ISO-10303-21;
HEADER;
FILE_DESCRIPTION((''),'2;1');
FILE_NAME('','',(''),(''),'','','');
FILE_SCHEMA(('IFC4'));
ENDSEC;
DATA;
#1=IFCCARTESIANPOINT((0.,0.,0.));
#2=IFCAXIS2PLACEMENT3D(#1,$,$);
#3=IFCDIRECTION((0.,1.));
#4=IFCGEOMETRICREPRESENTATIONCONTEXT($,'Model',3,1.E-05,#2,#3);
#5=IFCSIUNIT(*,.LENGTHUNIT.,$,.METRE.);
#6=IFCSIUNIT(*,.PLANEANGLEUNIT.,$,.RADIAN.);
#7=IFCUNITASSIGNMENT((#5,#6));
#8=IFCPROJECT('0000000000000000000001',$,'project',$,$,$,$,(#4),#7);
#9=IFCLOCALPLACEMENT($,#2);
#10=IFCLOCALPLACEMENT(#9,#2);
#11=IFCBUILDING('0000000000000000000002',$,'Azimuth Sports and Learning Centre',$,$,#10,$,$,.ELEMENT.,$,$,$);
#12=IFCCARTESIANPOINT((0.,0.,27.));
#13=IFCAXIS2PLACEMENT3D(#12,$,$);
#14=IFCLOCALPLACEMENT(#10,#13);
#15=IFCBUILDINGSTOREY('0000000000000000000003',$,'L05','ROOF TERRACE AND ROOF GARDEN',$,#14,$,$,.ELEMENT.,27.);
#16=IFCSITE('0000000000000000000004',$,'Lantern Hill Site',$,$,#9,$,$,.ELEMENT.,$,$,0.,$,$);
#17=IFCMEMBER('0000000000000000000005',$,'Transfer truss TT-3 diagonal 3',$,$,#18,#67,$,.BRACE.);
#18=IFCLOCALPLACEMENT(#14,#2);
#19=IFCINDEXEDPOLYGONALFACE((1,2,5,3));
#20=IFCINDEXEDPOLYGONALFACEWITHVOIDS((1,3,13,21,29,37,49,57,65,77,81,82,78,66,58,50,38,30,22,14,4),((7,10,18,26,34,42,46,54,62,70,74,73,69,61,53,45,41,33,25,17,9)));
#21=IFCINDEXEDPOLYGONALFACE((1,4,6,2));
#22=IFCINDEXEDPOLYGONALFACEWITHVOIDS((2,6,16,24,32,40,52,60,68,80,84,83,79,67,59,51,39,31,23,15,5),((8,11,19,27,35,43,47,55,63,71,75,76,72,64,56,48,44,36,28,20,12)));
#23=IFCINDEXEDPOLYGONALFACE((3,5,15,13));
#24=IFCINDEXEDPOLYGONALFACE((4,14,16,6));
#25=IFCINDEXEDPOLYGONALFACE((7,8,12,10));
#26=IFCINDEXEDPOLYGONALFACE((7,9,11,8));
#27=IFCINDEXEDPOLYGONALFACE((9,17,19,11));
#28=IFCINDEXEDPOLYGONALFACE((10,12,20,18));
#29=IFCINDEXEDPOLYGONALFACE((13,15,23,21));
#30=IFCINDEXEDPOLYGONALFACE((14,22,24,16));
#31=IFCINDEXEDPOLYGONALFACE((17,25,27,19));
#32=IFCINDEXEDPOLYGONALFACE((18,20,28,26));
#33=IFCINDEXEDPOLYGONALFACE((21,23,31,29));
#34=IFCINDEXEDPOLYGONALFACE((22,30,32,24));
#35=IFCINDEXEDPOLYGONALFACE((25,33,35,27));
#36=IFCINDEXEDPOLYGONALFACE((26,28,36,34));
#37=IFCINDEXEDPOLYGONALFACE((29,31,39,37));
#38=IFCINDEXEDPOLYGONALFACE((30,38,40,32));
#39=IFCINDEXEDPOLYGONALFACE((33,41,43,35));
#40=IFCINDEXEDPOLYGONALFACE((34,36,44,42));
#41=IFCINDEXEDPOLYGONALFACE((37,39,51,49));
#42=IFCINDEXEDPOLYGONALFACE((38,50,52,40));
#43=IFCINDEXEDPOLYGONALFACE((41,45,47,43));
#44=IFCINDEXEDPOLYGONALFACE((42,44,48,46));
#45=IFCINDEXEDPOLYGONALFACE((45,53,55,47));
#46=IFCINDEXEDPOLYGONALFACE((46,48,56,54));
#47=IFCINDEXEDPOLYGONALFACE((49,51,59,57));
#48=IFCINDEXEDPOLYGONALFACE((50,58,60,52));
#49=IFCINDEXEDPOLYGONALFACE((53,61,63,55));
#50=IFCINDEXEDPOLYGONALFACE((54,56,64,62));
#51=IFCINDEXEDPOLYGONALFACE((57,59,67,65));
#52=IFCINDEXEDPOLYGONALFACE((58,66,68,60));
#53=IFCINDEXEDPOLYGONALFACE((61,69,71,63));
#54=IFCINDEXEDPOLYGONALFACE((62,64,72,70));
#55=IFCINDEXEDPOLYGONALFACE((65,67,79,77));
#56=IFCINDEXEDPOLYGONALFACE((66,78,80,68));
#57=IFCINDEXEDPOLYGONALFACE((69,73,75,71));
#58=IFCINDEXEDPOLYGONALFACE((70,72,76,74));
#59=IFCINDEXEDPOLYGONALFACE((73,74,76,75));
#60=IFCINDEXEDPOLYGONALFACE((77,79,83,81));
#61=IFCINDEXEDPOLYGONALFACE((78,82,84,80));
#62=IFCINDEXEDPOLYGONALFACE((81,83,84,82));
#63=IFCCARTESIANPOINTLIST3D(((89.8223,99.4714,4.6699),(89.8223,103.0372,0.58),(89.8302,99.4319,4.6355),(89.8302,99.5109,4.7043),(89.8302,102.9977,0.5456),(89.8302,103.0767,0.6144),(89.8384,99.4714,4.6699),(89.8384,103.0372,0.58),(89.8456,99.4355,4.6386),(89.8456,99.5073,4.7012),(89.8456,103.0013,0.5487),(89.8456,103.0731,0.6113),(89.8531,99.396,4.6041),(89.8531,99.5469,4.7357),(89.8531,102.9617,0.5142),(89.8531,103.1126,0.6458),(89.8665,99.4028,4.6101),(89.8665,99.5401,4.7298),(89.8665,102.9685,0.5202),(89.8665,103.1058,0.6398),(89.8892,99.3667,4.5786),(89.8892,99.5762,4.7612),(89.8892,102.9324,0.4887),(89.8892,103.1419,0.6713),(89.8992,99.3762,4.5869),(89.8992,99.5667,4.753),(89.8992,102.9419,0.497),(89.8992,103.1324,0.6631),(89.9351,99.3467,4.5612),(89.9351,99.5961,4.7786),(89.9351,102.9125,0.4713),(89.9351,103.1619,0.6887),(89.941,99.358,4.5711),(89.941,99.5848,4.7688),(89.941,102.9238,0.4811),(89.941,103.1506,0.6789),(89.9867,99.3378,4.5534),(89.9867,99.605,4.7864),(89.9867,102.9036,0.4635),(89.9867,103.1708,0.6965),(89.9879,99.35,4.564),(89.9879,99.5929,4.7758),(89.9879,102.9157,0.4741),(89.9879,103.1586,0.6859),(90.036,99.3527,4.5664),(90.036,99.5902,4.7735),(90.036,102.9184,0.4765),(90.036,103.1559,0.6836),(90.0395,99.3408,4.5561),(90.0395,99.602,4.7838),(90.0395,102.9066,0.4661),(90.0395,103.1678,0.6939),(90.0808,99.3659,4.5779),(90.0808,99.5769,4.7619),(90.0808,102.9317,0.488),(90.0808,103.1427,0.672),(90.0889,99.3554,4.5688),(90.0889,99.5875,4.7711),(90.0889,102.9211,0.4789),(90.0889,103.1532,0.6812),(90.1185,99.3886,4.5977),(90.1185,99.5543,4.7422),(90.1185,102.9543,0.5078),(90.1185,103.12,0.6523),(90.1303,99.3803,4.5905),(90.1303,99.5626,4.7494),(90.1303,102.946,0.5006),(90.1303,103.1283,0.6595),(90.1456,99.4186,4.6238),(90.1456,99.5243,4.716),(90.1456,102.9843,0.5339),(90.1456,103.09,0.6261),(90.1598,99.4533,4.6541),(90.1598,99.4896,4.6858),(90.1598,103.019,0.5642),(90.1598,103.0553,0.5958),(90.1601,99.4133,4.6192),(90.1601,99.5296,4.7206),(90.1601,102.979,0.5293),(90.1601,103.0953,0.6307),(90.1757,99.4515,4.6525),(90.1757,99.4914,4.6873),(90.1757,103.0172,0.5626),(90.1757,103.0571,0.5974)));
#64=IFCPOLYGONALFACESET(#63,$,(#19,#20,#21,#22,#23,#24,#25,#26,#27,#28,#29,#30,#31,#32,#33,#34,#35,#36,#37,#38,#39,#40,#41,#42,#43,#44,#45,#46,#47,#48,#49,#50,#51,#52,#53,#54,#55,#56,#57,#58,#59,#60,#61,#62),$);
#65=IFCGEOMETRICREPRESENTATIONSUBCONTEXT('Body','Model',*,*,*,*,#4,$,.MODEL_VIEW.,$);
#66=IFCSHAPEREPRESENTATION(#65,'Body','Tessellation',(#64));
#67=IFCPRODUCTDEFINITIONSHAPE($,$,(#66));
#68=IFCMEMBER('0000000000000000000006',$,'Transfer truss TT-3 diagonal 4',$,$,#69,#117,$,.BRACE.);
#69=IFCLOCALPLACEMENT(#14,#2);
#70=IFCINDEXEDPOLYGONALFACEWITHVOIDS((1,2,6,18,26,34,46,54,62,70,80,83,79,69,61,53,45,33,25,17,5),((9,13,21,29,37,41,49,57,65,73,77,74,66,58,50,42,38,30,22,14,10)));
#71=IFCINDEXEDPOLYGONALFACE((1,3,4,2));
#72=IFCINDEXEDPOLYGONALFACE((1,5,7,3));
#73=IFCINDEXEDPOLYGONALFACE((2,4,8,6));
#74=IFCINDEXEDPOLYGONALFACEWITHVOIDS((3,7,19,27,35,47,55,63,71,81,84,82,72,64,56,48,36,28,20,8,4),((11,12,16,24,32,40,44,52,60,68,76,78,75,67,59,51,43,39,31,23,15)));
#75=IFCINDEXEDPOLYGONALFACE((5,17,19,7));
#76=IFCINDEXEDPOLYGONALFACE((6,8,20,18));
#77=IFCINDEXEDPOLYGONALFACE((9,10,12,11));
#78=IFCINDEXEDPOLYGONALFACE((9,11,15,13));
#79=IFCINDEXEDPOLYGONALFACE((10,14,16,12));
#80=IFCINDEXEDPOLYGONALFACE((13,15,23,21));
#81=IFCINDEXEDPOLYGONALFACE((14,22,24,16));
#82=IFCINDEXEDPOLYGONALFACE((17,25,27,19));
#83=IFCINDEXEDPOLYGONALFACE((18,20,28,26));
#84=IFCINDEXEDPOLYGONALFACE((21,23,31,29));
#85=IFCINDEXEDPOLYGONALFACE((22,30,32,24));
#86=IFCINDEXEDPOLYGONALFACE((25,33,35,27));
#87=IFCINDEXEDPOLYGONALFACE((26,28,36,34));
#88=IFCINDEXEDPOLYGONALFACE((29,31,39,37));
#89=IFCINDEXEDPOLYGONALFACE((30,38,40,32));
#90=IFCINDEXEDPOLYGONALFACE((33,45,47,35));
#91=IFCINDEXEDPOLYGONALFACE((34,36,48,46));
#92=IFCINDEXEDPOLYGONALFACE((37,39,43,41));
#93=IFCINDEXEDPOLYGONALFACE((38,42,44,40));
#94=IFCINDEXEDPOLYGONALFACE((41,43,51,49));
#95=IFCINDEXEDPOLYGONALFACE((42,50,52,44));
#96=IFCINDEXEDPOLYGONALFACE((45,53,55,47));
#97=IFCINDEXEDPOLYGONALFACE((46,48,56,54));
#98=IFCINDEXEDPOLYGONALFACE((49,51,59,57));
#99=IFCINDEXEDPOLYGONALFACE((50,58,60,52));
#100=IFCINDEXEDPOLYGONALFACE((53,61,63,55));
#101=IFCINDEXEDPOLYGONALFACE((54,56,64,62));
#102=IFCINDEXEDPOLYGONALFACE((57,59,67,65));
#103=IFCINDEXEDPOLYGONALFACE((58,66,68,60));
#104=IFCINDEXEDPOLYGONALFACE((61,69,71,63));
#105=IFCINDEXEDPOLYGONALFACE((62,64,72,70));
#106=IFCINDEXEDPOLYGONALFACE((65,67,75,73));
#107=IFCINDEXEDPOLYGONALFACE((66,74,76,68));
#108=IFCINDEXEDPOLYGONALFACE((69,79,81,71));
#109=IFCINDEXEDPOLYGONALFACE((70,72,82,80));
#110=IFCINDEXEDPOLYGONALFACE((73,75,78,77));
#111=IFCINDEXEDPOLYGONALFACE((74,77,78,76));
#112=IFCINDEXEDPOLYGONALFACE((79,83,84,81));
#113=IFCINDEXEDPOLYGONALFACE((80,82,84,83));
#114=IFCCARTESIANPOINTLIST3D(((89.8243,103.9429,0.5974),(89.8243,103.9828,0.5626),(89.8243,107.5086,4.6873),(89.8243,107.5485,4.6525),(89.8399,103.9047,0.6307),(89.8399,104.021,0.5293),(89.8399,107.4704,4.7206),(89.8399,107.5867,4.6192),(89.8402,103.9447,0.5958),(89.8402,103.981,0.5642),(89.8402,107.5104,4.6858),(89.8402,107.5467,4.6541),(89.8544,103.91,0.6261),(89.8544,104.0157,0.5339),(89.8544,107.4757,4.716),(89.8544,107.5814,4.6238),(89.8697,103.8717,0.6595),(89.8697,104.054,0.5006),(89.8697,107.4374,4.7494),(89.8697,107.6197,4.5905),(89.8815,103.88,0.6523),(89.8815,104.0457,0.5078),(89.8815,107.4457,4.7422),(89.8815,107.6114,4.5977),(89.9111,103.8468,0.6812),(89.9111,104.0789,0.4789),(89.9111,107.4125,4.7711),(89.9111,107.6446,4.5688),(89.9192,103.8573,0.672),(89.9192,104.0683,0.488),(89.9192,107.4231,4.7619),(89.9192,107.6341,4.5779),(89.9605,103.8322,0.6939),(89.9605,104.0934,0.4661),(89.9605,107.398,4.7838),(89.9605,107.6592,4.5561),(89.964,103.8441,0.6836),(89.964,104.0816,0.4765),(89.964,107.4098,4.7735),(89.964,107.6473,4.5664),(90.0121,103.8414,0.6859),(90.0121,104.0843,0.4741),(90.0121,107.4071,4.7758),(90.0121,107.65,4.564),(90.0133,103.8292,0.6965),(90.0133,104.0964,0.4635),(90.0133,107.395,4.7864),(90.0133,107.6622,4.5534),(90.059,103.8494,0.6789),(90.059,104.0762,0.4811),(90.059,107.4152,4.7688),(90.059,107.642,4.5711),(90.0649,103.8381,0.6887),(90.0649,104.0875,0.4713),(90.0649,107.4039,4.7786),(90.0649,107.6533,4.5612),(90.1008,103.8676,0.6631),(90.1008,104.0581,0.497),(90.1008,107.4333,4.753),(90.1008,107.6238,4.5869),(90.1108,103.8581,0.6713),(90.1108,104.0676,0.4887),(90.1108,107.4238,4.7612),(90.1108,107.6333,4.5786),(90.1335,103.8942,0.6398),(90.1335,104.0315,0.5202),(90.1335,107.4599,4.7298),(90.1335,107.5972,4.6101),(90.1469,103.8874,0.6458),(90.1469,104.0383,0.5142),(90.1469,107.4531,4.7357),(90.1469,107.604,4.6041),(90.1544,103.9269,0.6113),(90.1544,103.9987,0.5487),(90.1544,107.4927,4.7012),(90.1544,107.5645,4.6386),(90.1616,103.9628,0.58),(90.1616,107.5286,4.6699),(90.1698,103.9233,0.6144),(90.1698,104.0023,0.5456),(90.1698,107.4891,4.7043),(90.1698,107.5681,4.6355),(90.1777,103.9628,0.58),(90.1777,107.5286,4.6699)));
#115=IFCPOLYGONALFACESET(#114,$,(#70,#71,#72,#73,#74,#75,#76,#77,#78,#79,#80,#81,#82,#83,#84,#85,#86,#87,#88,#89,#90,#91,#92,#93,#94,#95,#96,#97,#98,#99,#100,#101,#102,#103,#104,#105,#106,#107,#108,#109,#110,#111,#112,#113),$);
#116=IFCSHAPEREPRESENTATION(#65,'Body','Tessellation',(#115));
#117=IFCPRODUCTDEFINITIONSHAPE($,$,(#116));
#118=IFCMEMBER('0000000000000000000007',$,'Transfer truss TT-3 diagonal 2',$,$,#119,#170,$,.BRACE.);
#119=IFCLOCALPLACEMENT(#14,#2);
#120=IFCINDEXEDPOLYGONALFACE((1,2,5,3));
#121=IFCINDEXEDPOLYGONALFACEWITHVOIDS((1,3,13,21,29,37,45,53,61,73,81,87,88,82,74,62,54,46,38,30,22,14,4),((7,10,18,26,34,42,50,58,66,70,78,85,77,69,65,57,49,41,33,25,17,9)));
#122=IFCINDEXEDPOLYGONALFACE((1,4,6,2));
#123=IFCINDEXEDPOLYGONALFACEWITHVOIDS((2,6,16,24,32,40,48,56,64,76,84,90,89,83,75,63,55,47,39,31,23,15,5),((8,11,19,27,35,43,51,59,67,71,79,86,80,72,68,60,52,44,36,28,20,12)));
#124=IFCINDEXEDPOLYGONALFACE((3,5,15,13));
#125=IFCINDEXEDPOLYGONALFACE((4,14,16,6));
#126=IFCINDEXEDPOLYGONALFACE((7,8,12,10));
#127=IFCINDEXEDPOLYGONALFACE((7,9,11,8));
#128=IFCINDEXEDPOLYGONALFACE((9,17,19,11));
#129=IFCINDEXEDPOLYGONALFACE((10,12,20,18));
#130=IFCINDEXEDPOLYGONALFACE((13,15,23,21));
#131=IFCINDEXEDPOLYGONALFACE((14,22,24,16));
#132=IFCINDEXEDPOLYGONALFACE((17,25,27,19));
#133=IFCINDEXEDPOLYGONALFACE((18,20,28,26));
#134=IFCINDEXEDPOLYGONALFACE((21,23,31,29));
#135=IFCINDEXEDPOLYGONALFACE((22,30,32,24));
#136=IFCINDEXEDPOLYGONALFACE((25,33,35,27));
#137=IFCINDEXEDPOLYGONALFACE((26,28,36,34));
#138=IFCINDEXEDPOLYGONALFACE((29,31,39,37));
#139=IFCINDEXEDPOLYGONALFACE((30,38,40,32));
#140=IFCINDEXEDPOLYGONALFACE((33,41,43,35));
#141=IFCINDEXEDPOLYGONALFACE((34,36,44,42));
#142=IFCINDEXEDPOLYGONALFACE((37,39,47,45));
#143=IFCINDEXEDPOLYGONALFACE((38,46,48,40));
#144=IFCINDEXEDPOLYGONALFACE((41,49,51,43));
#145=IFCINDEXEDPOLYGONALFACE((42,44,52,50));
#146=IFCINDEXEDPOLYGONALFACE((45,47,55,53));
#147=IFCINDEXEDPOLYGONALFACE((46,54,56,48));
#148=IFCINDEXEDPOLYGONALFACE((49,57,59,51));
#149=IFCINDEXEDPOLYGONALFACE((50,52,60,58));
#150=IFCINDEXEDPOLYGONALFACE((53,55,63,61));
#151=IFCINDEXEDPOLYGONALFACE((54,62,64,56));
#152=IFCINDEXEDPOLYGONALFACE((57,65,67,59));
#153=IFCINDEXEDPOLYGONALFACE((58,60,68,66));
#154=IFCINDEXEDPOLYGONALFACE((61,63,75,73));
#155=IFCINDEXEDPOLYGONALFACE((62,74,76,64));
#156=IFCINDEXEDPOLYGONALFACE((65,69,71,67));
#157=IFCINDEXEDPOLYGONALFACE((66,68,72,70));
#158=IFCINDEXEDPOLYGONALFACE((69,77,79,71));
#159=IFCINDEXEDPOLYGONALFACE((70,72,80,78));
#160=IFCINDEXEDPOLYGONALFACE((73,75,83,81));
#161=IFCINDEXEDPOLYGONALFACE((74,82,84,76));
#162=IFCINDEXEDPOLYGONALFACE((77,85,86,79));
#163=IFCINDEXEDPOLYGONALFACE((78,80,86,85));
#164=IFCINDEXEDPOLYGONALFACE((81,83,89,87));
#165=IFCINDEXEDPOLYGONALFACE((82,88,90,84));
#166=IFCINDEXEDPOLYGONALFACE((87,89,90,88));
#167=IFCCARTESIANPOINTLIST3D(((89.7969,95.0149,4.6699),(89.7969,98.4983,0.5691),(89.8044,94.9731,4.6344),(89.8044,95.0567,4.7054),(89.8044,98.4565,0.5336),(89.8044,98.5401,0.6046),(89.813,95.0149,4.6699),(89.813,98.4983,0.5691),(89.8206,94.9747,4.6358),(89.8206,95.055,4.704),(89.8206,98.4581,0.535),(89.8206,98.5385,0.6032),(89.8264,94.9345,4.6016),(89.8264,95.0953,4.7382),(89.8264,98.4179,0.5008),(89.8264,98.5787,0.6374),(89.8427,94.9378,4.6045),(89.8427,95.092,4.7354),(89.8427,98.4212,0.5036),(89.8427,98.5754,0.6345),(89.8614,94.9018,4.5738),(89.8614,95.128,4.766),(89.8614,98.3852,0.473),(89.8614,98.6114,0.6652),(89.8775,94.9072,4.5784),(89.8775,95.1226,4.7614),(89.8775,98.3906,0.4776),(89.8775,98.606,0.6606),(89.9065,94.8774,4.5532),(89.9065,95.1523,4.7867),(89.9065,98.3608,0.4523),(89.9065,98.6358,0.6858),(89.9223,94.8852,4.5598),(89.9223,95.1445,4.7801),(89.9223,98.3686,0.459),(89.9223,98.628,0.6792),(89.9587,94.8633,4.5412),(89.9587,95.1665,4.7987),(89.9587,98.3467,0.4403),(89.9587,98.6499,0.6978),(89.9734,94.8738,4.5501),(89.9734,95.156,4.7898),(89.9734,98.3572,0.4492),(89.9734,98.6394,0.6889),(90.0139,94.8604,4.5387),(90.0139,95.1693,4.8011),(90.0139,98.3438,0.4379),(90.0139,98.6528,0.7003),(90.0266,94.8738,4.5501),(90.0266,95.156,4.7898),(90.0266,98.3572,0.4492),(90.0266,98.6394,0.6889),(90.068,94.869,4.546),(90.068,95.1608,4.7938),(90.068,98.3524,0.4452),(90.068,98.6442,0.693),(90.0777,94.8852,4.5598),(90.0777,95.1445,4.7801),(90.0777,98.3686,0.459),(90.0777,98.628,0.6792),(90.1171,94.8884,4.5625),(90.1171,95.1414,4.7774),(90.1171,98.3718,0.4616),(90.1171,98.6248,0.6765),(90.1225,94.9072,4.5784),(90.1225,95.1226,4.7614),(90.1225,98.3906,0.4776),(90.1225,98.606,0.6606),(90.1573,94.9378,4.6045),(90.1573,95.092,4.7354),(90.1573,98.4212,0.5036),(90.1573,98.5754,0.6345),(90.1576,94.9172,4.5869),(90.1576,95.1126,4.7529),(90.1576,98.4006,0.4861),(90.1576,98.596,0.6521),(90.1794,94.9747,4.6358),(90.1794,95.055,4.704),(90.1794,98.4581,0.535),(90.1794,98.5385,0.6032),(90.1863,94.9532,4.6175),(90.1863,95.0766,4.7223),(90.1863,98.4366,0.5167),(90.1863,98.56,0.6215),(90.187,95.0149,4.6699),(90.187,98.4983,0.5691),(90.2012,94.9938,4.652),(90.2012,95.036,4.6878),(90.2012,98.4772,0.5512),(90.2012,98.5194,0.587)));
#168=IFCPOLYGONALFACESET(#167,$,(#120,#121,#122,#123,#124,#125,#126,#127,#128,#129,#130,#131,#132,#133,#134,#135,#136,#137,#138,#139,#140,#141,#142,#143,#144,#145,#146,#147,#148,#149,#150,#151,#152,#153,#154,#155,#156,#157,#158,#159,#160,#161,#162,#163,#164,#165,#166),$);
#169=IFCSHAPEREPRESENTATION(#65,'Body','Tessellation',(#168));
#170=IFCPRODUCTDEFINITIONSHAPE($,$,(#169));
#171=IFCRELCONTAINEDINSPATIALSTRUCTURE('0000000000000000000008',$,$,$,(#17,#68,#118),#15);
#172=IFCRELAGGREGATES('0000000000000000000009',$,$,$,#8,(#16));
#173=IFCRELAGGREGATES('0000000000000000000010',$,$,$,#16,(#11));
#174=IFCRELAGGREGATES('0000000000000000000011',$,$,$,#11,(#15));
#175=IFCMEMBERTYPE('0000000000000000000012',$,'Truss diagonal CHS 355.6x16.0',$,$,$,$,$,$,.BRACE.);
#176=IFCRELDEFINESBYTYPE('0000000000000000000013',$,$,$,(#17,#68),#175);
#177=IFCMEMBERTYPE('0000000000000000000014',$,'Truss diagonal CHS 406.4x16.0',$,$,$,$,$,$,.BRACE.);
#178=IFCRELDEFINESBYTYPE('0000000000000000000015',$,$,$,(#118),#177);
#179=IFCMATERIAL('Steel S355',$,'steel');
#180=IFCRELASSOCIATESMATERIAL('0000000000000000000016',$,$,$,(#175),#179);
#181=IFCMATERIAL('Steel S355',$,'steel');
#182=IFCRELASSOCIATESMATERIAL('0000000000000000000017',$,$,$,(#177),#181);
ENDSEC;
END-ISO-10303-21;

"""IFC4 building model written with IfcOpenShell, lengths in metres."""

from ifc_helpers import new_model, si_unit, direction, frame, origin, origin_2d, place, context, subcontext, project, spatial, hollow_circle, extrude, material, material_profile, profile_set, type_object, element, save


model = new_model("IFC4")

# Units and contexts
model_context = context("Model", 3, precision=1e-05, world=origin(), true_north=direction((0.0, 1.0)))
body_context = subcontext(model_context, "Body", "Model", "MODEL_VIEW")
ifc_project = project(units=[si_unit("LENGTHUNIT", "METRE"), si_unit("PLANEANGLEUNIT", "RADIAN")], contexts=[model_context])

# Site, building, storey
site_placement = place(None, origin())
site = spatial("IfcSite", under=ifc_project, at=site_placement, Name="Lantern Hill Site", CompositionType="ELEMENT", RefElevation=0.0)
building_placement = place(site_placement, origin())
building = spatial("IfcBuilding", under=site, at=building_placement, Name="Azimuth Sports and Learning Centre", CompositionType="ELEMENT")
storey_placement = place(building_placement, frame((0.0, 0.0, 27.0)))
storey = spatial("IfcBuildingStorey", under=building, at=storey_placement, Name="L05", Description="ROOF TERRACE AND ROOF GARDEN", CompositionType="ELEMENT", Elevation=27.0)

# Members
ifc_material_1 = material(Name="Steel S355", Category="steel")
ifc_material_profile_1 = material_profile(ifc_material_1, hollow_circle(Radius=0.1777, WallThickness=0.0161, at=origin_2d()), Name="CHS 355.6x16.0")
ifc_profile_set_1 = profile_set([ifc_material_profile_1], Name="Steel S355")
member_type_1 = type_object("IfcMemberType", Name="Truss diagonal CHS 355.6x16.0", PredefinedType="BRACE", material=ifc_profile_set_1)
for number, where, z_axis, x_axis, name in (
    (1, (90.0, 99.4714, 4.6699), (0.0, 0.657153, -0.753757), (-1.0, 0.0, 0.0), "Transfer truss TT-3 diagonal 3"),
    (2, (90.0, 107.5286, 4.6699), (0.0, -0.657153, -0.753757), (1.0, 0.0, 0.0), "Transfer truss TT-3 diagonal 4"),
):
    element("IfcMember", number, at=place(storey_placement, frame(where, z_axis=z_axis, x_axis=x_axis)), inside=storey, type_object=member_type_1, Name=name, PredefinedType="BRACE", context=body_context, shape_type="SweptSolid", body=[
        extrude(hollow_circle(Radius=0.1777, WallThickness=0.0161, at=origin_2d()), origin(), (0.0, 0.0, 1.0), 5.426),
    ])
ifc_material_2 = material(Name="Steel S355", Category="steel")
ifc_material_profile_2 = material_profile(ifc_material_2, hollow_circle(Radius=0.2031, WallThickness=0.0161, at=origin_2d()), Name="CHS 406.4x16.0")
ifc_profile_set_2 = profile_set([ifc_material_profile_2], Name="Steel S355")
member_type_2 = type_object("IfcMemberType", Name="Truss diagonal CHS 406.4x16.0", PredefinedType="BRACE", material=ifc_profile_set_2)
for number, where, z_axis, x_axis, name in (
    (3, (90.0, 95.0149, 4.6699), (0.0, 0.647399, -0.762151), (-1.0, 0.0, 0.0), "Transfer truss TT-3 diagonal 2"),
):
    element("IfcMember", number, at=place(storey_placement, frame(where, z_axis=z_axis, x_axis=x_axis)), inside=storey, type_object=member_type_2, Name=name, PredefinedType="BRACE", context=body_context, shape_type="SweptSolid", body=[
        extrude(hollow_circle(Radius=0.2031, WallThickness=0.0161, at=origin_2d()), origin(), (0.0, 0.0, 1.0), 5.3806),
    ])

save(model, "model.ifc")
